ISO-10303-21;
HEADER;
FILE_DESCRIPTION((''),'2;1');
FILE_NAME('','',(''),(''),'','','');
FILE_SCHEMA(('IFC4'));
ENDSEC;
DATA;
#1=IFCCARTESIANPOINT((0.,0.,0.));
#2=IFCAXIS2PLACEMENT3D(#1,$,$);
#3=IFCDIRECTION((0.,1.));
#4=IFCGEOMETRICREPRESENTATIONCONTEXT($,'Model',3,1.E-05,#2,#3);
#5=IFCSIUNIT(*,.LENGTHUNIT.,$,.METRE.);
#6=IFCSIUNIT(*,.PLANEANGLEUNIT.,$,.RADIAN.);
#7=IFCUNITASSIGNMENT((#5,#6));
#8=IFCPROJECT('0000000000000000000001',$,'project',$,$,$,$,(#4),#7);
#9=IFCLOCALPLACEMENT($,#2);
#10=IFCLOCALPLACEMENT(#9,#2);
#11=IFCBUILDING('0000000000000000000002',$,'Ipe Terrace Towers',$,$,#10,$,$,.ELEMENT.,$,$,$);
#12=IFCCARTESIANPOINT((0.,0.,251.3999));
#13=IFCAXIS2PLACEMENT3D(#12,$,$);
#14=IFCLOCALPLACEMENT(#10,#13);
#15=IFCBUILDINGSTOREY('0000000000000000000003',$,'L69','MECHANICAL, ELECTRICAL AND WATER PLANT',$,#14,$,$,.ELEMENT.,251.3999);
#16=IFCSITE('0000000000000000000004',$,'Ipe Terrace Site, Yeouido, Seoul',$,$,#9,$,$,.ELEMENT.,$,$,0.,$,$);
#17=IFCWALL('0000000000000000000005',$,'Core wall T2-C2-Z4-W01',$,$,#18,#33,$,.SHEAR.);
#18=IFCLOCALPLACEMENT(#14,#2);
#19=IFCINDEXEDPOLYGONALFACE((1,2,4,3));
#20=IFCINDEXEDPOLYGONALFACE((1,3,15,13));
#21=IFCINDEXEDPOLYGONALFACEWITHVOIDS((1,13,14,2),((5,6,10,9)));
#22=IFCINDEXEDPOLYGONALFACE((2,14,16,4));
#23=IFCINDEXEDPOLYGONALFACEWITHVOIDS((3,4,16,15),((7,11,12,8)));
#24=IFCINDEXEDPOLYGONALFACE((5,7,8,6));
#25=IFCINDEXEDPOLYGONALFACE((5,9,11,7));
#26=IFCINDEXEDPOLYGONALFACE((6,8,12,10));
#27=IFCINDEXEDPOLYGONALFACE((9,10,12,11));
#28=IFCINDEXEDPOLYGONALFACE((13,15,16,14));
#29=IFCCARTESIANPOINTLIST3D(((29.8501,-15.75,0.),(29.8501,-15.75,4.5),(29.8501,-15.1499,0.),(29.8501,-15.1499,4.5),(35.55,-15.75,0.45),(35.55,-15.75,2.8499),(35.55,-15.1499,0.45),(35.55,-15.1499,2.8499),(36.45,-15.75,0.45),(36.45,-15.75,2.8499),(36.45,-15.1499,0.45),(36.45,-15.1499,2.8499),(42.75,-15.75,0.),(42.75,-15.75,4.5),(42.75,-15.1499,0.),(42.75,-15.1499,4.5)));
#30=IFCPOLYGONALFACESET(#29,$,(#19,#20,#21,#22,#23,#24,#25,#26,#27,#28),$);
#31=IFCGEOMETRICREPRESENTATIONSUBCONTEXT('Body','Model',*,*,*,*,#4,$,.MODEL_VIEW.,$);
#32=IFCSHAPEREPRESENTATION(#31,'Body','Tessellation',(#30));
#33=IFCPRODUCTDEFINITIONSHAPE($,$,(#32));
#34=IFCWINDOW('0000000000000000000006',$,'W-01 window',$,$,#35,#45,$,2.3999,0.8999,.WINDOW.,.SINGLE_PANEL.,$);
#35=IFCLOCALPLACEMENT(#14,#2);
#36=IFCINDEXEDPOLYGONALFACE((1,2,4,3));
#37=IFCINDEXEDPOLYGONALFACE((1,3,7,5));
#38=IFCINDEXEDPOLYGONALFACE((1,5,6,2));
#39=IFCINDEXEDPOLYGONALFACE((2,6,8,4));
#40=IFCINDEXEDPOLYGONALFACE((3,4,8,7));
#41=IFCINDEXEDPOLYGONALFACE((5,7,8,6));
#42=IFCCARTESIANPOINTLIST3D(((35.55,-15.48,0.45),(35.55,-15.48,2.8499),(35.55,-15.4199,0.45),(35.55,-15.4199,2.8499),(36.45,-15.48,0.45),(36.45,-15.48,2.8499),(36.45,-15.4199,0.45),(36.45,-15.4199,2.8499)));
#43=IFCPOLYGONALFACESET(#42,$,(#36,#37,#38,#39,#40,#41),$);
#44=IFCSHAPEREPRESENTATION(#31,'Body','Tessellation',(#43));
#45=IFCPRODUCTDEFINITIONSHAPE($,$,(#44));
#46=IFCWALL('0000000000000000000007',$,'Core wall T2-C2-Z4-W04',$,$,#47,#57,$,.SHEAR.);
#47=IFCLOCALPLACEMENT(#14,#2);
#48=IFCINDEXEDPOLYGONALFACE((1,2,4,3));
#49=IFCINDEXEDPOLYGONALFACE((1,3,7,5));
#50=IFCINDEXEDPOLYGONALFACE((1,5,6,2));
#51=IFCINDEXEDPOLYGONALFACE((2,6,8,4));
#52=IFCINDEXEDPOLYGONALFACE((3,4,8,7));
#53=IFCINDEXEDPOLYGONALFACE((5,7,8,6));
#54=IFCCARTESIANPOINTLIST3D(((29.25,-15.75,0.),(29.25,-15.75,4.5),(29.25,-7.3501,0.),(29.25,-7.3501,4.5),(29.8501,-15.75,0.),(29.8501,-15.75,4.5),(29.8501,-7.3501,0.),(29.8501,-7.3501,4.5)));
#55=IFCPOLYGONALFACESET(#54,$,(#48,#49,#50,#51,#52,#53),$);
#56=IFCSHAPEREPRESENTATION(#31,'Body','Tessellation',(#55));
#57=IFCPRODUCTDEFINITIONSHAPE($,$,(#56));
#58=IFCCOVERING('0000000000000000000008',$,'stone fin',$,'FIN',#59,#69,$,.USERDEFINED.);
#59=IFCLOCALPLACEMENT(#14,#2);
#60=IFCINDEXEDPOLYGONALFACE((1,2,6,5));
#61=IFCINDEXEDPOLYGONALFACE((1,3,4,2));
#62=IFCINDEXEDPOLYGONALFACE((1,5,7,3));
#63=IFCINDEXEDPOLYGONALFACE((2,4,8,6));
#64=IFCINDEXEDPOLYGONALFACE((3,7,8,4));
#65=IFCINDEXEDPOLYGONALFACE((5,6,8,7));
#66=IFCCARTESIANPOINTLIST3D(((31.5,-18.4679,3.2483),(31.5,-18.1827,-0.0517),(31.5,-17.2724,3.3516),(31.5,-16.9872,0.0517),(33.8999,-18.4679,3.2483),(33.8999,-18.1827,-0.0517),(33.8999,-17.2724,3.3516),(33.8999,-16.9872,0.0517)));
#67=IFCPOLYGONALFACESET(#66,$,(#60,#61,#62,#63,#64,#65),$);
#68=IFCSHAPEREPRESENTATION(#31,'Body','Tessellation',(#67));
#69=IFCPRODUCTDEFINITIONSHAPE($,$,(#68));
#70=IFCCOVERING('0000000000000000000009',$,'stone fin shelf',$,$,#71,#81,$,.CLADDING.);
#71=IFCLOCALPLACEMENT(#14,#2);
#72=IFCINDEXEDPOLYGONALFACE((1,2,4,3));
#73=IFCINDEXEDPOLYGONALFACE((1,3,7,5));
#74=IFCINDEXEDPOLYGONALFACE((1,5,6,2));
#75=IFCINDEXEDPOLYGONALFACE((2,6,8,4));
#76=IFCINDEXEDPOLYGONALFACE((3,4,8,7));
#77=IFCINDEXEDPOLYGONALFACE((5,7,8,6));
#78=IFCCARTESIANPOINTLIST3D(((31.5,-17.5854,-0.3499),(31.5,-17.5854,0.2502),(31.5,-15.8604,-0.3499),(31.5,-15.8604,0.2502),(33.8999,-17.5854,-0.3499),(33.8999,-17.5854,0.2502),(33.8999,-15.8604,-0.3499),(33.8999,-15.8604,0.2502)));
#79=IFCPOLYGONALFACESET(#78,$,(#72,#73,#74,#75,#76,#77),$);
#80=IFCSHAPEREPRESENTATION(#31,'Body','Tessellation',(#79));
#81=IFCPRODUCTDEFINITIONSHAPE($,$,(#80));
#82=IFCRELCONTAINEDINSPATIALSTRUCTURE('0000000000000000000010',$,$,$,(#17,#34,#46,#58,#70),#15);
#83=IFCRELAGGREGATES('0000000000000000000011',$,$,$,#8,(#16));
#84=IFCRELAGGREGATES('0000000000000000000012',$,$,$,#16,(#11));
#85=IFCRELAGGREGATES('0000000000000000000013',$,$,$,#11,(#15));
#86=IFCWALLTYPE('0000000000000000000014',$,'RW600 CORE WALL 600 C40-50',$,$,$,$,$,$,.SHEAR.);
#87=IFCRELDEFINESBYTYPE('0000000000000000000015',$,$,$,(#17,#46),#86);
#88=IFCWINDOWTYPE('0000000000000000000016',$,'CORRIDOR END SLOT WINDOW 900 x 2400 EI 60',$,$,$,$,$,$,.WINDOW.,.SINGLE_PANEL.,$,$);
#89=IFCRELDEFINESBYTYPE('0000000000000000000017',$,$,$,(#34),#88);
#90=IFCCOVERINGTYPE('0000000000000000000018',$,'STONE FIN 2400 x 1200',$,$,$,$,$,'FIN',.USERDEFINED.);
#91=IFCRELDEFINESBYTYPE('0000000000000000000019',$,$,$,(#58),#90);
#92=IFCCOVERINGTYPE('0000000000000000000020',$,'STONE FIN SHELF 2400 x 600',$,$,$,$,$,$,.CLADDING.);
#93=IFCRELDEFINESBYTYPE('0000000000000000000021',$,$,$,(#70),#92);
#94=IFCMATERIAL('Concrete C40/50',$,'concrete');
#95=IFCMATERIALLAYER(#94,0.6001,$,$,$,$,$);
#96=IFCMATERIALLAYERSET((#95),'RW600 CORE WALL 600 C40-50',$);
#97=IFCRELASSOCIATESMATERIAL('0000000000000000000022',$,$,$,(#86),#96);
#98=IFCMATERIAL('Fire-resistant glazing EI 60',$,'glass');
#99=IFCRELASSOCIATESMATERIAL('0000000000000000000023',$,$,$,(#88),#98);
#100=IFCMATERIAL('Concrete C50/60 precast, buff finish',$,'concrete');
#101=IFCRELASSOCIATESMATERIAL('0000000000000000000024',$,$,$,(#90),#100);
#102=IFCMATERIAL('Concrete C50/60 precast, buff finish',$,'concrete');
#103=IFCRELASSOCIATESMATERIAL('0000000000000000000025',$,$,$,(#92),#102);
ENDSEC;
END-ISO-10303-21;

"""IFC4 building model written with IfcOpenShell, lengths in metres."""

from ifc_helpers import new_model, si_unit, direction, frame, frame_2d, origin, origin_2d, place, context, subcontext, project, spatial, rectangle, extrude, material, layer, layer_set, material_profile, profile_set, type_object, element, fill, save


model = new_model("IFC4")

# Units and contexts
model_context = context("Model", 3, precision=1e-05, world=origin(), true_north=direction((0.0, 1.0)))
body_context = subcontext(model_context, "Body", "Model", "MODEL_VIEW")
ifc_project = project(units=[si_unit("LENGTHUNIT", "METRE"), si_unit("PLANEANGLEUNIT", "RADIAN")], contexts=[model_context])

# Site, building, storey
site_placement = place(None, origin())
site = spatial("IfcSite", under=ifc_project, at=site_placement, Name="Ipe Terrace Site, Yeouido, Seoul", CompositionType="ELEMENT", RefElevation=0.0)
building_placement = place(site_placement, origin())
building = spatial("IfcBuilding", under=site, at=building_placement, Name="Ipe Terrace Towers", CompositionType="ELEMENT")
storey_placement = place(building_placement, frame((0.0, 0.0, 251.3999)))
storey = spatial("IfcBuildingStorey", under=building, at=storey_placement, Name="L69", Description="MECHANICAL, ELECTRICAL AND WATER PLANT", CompositionType="ELEMENT", Elevation=251.3999)

# Wall, opening, window
ifc_material_1 = material(Name="Concrete C40/50", Category="concrete")
ifc_layer_1 = layer(ifc_material_1, 0.6001)
ifc_layer_set_1 = layer_set([ifc_layer_1], Name="RW600 CORE WALL 600 C40-50")
wall_type_1 = type_object("IfcWallType", Name="RW600 CORE WALL 600 C40-50", PredefinedType="SHEAR", material=ifc_layer_set_1)
wall_1_placement = place(storey_placement, frame((29.8501, -15.45, 0.0), z_axis=(0.0, 0.0, 1.0), x_axis=(1.0, 0.0, 0.0)))
wall_1 = element("IfcWall", 1, at=wall_1_placement, inside=storey, type_object=wall_type_1, Name="Core wall T2-C2-Z4-W01", PredefinedType="SHEAR", context=body_context, shape_type="SweptSolid", body=[
    extrude(rectangle(XDim=12.8999, YDim=0.6001, at=frame_2d((6.45, 0.0))), origin(), (0.0, 0.0, 1.0), 4.5),
])
opening_1_placement = place(wall_1_placement, frame((5.7, 0.0, 0.45)))
opening_1 = element("IfcOpeningElement", 2, at=opening_1_placement, cuts=wall_1, PredefinedType="OPENING", context=body_context, shape_type="SweptSolid", body=[
    extrude(rectangle(XDim=0.8999, YDim=2.3999, at=frame_2d((0.45, 1.2))), frame((0.0, 0.3101, 0.0), z_axis=(0.0, -1.0, 0.0), x_axis=(1.0, 0.0, 0.0)), (0.0, 0.0, 1.0), 0.6201),
])
ifc_material_2 = material(Name="Fire-resistant glazing EI 60", Category="glass")
window_type = type_object("IfcWindowType", Name="CORRIDOR END SLOT WINDOW 900 x 2400 EI 60", PartitioningType="SINGLE_PANEL", PredefinedType="WINDOW", material=ifc_material_2)
window_placement = place(opening_1_placement, origin())
window = element("IfcWindow", 3, at=window_placement, inside=storey, type_object=window_type, Name="W-01 window", OverallHeight=2.3999, OverallWidth=0.8999, PartitioningType="SINGLE_PANEL", PredefinedType="WINDOW", context=body_context, shape_type="SweptSolid", body=[
    extrude(rectangle(XDim=0.8999, YDim=2.3999, at=frame_2d((0.45, 1.2))), frame((0.0, 0.03, 0.0), z_axis=(0.0, -1.0, 0.0), x_axis=(1.0, 0.0, 0.0)), (0.0, 0.0, 1.0), 0.0601),
])
fill(opening_1, window)

# Wall
wall_2_placement = place(storey_placement, frame((29.55, -7.3501, 0.0), z_axis=(0.0, 0.0, 1.0), x_axis=(0.0, -1.0, 0.0)))
element("IfcWall", 4, at=wall_2_placement, inside=storey, type_object=wall_type_1, Name="Core wall T2-C2-Z4-W04", PredefinedType="SHEAR", context=body_context, shape_type="SweptSolid", body=[
    extrude(rectangle(XDim=8.3999, YDim=0.6001, at=frame_2d((4.2, 0.0))), origin(), (0.0, 0.0, 1.0), 4.5),
])

# Coverings
ifc_material_3 = material(Name="Concrete C50/60 precast, buff finish", Category="concrete")
ifc_material_profile_1 = material_profile(ifc_material_3, rectangle(XDim=2.3999, YDim=1.2, at=origin_2d()), Name="STONE FIN 2400 x 1200")
ifc_profile_set_1 = profile_set([ifc_material_profile_1], Name="Concrete C50/60 precast, buff finish")
covering_type_1 = type_object("IfcCoveringType", Name="STONE FIN 2400 x 1200", ElementType="FIN", PredefinedType="USERDEFINED", material=ifc_profile_set_1)
covering_1_placement = place(storey_placement, frame((32.7, -17.585, 0.0), z_axis=(0.0, -0.086089, 0.996287), x_axis=(1.0, 0.0, 0.0)))
element("IfcCovering", 5, at=covering_1_placement, inside=storey, type_object=covering_type_1, Name="stone fin", ObjectType="FIN", PredefinedType="USERDEFINED", context=body_context, shape_type="SweptSolid", body=[
    extrude(rectangle(XDim=2.3999, YDim=1.2, at=origin_2d()), origin(), (0.0, 0.0, 1.0), 3.3123),
])
ifc_material_4 = material(Name="Concrete C50/60 precast, buff finish", Category="concrete")
covering_type_2 = type_object("IfcCoveringType", Name="STONE FIN SHELF 2400 x 600", PredefinedType="CLADDING", material=ifc_material_4)
covering_2_placement = place(storey_placement, frame((32.7, -16.7229, -0.3499), z_axis=(0.0, 0.0, 1.0), x_axis=(1.0, 0.0, 0.0)))
element("IfcCovering", 6, at=covering_2_placement, inside=storey, type_object=covering_type_2, Name="stone fin shelf", PredefinedType="CLADDING", context=body_context, shape_type="SweptSolid", body=[
    extrude(rectangle(XDim=2.3999, YDim=1.7251, at=origin_2d()), origin(), (0.0, 0.0, 1.0), 0.6001),
])

save(model, "model.ifc")
